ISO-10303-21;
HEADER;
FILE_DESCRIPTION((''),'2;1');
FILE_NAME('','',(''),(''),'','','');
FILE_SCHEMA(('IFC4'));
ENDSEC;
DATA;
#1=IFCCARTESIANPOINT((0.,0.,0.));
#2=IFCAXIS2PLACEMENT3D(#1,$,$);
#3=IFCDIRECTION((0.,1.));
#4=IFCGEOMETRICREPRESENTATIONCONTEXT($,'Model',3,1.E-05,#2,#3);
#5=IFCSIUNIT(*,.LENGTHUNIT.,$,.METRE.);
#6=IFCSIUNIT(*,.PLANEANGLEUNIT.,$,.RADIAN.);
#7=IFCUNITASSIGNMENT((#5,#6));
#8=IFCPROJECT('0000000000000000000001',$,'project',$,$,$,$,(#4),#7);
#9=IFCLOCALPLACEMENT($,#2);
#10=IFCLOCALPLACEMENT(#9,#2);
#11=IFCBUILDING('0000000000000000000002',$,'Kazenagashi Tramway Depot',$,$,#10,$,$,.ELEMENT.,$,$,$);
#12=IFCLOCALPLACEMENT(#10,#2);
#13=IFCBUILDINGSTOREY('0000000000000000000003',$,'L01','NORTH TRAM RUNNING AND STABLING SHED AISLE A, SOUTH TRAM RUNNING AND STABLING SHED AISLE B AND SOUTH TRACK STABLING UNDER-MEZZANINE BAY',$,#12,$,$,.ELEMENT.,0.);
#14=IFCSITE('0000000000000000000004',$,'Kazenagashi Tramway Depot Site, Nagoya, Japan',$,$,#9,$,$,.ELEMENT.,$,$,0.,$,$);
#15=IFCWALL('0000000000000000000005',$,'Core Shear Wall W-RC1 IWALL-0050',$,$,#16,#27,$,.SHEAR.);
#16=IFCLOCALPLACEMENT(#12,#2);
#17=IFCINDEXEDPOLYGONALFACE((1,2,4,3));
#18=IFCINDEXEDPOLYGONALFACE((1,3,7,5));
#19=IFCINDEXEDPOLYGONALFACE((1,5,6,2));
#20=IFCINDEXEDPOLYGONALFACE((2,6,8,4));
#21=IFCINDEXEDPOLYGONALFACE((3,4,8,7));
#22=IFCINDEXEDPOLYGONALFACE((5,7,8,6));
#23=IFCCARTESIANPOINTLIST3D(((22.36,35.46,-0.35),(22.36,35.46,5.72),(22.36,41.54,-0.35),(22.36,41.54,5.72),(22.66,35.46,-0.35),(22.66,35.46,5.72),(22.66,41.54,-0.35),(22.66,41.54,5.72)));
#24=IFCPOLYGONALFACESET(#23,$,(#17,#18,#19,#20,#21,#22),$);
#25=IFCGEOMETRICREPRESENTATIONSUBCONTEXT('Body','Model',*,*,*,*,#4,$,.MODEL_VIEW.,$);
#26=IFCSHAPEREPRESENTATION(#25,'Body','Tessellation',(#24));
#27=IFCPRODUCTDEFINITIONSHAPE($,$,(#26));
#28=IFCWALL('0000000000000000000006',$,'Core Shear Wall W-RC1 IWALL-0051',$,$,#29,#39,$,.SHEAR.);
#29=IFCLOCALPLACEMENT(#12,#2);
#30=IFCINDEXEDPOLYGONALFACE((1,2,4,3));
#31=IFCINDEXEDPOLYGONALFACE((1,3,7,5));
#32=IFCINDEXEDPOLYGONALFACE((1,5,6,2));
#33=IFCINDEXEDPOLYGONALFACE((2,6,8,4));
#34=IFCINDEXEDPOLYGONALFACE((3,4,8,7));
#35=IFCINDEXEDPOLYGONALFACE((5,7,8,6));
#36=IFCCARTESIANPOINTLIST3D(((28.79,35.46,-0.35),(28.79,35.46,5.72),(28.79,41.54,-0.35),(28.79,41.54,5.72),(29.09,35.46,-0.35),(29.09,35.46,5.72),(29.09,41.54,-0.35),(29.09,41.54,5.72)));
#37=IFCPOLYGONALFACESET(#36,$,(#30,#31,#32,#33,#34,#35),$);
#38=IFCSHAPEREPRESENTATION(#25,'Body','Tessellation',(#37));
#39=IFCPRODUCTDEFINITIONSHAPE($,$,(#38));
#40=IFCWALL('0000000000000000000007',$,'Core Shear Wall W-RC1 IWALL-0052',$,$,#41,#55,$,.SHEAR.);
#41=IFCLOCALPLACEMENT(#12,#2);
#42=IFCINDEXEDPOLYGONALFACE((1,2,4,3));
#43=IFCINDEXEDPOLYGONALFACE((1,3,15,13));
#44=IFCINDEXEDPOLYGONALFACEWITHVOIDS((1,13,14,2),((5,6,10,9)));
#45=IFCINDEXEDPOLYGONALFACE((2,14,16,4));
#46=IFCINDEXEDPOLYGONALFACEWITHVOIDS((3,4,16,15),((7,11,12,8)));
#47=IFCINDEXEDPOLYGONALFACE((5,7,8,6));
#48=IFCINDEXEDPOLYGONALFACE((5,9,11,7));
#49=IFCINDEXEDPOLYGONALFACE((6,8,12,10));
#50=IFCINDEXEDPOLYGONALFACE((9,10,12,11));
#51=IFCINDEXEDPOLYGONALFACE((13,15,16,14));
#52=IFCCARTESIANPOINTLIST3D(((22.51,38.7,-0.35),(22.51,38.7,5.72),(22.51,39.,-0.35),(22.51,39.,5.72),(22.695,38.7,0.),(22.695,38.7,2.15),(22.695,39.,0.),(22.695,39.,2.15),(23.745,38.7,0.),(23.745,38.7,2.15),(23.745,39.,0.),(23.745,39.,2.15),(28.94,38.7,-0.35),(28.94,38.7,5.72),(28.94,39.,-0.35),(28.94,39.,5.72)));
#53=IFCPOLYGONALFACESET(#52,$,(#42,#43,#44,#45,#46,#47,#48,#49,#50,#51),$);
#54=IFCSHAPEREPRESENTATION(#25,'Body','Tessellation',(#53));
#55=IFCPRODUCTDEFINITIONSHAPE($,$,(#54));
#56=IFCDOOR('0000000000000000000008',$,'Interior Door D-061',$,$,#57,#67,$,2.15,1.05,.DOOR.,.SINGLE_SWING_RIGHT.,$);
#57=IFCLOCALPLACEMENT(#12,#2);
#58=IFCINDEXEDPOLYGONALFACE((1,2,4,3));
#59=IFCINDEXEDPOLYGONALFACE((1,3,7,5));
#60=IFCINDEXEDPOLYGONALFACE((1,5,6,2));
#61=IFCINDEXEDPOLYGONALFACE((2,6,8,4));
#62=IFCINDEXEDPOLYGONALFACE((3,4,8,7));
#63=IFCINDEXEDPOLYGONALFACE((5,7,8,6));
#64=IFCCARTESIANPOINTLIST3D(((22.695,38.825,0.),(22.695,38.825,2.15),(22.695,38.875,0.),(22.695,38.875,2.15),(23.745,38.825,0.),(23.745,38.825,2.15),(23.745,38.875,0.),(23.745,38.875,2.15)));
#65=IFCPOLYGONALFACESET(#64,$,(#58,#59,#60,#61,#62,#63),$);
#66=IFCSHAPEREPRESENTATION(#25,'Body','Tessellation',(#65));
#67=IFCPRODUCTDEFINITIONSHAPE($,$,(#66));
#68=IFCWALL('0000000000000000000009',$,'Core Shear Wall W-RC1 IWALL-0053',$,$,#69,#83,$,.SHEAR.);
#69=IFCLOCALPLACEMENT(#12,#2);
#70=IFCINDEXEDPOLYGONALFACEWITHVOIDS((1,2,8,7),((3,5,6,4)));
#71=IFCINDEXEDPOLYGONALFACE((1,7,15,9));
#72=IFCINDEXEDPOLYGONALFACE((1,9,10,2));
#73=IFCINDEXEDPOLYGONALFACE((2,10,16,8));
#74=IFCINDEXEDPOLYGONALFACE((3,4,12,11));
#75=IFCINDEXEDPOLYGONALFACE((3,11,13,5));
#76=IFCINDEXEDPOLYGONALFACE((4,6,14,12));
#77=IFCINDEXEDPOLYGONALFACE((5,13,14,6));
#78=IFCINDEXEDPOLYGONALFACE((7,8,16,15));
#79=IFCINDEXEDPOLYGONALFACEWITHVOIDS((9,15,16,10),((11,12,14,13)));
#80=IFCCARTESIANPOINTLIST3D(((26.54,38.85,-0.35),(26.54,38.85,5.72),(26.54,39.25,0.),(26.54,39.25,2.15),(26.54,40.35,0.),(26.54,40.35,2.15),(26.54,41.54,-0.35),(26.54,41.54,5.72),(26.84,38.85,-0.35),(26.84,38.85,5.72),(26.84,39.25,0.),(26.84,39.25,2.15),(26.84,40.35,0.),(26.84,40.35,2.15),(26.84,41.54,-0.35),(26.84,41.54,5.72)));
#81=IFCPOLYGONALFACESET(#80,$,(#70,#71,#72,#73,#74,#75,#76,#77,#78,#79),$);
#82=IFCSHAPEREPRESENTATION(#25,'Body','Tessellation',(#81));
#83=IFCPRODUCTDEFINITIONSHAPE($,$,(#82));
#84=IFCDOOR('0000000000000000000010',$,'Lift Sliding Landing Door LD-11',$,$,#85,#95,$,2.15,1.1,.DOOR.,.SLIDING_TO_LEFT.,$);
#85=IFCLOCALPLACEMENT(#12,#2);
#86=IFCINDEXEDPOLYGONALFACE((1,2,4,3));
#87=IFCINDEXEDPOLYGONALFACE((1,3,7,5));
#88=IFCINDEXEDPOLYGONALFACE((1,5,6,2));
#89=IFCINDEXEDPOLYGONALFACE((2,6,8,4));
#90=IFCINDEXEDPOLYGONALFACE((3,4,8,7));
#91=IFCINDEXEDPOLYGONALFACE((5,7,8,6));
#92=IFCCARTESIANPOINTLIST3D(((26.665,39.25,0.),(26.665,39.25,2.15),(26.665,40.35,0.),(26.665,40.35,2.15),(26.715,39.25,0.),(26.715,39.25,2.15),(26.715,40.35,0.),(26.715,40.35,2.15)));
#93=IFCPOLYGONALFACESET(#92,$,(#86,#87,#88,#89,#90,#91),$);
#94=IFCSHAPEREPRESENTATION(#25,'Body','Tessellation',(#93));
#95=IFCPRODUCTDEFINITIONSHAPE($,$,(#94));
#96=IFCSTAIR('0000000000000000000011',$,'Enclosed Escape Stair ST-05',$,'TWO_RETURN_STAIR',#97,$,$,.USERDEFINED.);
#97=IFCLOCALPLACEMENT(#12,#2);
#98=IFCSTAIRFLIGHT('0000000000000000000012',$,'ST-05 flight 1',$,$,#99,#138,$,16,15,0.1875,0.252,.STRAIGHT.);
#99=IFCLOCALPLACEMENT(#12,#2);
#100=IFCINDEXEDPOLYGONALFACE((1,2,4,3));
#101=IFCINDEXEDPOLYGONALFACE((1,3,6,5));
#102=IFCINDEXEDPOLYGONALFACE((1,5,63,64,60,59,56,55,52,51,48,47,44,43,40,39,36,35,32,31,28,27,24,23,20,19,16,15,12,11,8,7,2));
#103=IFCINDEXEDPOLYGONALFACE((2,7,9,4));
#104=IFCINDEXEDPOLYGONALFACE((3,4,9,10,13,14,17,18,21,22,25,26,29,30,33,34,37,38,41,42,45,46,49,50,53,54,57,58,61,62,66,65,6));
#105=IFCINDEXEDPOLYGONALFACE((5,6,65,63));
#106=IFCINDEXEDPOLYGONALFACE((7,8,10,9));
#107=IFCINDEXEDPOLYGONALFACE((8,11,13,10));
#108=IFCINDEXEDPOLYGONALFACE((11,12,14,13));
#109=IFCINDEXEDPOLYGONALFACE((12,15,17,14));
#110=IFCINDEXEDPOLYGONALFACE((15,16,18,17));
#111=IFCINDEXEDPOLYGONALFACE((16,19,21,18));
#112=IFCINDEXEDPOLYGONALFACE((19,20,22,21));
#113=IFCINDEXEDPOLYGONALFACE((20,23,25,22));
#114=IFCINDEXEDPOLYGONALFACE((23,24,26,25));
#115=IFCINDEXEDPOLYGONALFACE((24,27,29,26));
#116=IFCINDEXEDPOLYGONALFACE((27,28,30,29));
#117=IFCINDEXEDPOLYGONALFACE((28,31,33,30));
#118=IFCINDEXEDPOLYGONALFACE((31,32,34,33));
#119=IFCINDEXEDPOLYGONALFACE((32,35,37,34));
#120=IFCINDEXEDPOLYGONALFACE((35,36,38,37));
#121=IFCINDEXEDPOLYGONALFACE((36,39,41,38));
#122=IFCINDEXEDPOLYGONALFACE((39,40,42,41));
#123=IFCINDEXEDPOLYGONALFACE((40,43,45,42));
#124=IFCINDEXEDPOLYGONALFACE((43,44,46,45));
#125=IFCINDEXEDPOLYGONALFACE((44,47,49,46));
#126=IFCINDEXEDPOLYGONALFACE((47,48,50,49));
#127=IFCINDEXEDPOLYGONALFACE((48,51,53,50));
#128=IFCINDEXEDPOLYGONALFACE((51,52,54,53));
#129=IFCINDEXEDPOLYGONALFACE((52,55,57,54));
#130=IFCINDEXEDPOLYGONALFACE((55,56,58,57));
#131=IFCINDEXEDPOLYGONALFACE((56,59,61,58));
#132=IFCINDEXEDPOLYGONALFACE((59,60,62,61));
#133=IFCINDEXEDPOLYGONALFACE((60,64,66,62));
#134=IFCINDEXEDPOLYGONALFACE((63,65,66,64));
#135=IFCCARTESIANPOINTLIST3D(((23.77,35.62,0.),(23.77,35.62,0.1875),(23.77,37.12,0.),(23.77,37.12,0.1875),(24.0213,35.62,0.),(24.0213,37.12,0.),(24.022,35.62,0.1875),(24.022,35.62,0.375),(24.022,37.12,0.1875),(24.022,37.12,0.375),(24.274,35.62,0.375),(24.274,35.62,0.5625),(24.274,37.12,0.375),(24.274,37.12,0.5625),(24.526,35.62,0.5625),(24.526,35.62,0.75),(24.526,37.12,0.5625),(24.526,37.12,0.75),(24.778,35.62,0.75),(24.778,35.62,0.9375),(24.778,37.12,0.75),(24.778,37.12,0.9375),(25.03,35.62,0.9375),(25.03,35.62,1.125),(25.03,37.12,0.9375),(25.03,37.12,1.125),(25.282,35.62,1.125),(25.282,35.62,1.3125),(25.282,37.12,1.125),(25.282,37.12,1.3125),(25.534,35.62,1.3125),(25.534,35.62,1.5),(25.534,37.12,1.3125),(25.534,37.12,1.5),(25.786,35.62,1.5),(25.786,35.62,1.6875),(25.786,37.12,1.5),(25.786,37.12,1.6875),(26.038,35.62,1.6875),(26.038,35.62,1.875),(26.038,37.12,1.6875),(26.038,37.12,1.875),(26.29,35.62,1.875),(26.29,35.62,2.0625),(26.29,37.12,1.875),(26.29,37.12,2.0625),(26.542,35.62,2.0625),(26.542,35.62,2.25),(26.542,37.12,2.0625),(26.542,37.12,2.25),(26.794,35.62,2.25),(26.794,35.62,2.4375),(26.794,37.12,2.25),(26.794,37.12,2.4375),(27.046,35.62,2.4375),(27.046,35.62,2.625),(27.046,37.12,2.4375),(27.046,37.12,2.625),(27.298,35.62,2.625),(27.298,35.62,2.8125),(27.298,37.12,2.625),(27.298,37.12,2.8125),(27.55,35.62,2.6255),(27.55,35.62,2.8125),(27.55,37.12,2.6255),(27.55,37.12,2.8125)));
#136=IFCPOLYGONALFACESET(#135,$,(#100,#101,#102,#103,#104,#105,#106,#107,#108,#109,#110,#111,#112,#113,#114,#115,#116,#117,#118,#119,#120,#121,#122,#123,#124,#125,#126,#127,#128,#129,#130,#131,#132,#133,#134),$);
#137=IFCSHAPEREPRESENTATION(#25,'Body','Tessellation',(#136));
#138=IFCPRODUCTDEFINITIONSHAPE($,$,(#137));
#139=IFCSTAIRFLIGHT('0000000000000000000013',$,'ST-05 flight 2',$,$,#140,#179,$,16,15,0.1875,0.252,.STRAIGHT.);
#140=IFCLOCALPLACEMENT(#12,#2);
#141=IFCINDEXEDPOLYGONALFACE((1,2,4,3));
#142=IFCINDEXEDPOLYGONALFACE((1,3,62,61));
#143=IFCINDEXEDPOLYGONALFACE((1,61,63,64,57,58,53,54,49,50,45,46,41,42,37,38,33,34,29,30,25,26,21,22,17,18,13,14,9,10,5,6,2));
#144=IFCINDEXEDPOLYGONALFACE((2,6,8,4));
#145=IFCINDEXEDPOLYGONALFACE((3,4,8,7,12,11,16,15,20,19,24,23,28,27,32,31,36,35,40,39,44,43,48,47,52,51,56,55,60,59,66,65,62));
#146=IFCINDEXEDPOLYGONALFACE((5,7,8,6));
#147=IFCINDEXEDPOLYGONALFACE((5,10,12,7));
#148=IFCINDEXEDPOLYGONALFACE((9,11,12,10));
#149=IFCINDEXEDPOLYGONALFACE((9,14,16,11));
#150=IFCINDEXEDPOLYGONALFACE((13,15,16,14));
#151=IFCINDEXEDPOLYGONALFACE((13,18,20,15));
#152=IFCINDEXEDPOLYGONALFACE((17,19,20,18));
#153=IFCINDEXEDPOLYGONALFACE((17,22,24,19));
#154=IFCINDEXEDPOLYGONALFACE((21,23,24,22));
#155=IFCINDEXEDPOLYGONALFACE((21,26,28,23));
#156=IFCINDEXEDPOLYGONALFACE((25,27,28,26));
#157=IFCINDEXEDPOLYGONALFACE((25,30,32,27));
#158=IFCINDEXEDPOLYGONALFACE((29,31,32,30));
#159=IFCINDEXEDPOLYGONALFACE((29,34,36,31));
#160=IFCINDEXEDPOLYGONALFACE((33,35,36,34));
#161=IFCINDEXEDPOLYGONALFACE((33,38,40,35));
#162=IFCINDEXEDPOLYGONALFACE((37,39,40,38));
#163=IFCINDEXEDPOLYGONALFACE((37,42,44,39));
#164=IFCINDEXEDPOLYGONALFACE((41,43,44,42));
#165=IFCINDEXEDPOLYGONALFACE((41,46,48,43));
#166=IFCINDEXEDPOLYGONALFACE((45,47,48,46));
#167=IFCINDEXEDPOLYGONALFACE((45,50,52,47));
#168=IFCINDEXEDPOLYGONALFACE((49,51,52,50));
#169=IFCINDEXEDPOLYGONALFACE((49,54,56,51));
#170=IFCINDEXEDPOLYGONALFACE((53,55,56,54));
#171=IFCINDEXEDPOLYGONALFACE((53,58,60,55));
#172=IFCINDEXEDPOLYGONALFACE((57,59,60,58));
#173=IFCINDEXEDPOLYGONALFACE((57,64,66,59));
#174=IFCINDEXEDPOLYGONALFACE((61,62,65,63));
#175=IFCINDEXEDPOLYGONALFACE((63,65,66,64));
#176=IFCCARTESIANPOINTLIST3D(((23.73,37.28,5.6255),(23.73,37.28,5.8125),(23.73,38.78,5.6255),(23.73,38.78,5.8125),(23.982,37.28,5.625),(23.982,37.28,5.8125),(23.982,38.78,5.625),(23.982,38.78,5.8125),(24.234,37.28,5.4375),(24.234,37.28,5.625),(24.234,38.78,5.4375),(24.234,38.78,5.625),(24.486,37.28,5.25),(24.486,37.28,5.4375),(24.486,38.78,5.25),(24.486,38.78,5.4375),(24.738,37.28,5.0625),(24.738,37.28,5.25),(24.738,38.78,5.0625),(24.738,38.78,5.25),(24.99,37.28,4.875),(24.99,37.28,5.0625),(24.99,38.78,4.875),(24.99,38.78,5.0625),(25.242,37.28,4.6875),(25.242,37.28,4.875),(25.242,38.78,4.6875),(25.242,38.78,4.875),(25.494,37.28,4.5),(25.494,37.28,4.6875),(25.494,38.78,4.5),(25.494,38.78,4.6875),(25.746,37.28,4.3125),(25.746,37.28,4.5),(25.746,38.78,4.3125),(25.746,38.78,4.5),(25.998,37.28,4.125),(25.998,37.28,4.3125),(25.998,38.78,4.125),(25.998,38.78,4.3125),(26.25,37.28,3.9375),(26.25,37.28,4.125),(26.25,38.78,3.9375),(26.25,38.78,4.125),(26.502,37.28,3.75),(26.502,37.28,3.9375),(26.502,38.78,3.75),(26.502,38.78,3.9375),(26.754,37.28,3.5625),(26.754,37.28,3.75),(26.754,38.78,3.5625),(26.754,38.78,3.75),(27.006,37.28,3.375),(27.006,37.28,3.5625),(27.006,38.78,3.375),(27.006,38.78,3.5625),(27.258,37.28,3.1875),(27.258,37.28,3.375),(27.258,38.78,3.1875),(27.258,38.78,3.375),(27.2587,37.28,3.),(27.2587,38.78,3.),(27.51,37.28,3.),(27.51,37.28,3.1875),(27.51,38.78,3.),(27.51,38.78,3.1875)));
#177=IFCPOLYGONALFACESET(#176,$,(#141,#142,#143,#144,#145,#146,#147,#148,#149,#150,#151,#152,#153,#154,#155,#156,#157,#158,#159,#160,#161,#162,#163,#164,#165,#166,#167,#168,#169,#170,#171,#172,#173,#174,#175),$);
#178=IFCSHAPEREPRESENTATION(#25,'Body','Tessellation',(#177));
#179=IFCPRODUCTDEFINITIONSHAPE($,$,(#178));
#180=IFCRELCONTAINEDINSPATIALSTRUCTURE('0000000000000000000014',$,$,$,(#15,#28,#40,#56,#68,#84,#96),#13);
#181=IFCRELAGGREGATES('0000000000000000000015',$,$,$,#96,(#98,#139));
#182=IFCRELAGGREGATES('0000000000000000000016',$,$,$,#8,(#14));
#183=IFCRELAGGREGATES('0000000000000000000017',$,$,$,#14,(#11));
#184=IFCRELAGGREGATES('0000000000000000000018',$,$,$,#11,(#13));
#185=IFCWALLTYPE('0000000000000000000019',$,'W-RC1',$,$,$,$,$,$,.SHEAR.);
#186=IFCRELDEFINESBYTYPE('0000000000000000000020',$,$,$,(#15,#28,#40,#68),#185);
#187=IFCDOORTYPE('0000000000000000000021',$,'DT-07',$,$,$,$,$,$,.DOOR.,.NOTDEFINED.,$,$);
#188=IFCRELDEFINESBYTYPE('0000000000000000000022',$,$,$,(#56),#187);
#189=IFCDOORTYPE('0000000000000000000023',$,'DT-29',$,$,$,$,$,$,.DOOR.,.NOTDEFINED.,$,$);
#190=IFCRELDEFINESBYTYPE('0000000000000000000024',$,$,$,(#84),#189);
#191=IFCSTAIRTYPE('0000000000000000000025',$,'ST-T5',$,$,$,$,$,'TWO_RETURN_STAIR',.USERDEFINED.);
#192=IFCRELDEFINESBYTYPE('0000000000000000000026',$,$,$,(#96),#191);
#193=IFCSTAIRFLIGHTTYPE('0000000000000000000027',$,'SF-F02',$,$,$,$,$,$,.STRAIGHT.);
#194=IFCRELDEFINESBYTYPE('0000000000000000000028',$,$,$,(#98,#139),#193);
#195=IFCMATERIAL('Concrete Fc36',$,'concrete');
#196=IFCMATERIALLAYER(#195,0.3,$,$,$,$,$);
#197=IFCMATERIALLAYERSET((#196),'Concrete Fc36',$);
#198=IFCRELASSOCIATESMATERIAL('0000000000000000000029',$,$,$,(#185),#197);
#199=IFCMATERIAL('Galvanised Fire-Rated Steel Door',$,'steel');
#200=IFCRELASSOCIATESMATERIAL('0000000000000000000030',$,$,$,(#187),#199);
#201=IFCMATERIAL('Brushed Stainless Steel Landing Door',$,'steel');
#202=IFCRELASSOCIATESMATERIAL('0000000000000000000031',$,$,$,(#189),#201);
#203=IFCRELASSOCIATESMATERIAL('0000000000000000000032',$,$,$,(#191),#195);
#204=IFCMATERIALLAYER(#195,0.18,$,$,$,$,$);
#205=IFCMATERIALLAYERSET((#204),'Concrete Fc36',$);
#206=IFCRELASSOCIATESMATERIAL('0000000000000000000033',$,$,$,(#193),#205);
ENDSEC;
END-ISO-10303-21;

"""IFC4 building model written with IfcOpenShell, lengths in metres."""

from ifc_helpers import new_model, si_unit, direction, frame, frame_2d, origin, place, context, subcontext, project, spatial, polyline, rectangle, outline, extrude, material, layer, layer_set, type_object, element, fill, aggregate, save


model = new_model("IFC4")

# Units and contexts
model_context = context("Model", 3, precision=1e-05, world=origin(), true_north=direction((0.0, 1.0)))
body_context = subcontext(model_context, "Body", "Model", "MODEL_VIEW")
ifc_project = project(units=[si_unit("LENGTHUNIT", "METRE"), si_unit("PLANEANGLEUNIT", "RADIAN")], contexts=[model_context])

# Site, building, storey
site_placement = place(None, origin())
site = spatial("IfcSite", under=ifc_project, at=site_placement, Name="Kazenagashi Tramway Depot Site, Nagoya, Japan", CompositionType="ELEMENT", RefElevation=0.0)
building_placement = place(site_placement, origin())
building = spatial("IfcBuilding", under=site, at=building_placement, Name="Kazenagashi Tramway Depot", CompositionType="ELEMENT")
storey_placement = place(building_placement, origin())
storey = spatial("IfcBuildingStorey", under=building, at=storey_placement, Name="L01", Description="NORTH TRAM RUNNING AND STABLING SHED AISLE A, SOUTH TRAM RUNNING AND STABLING SHED AISLE B AND SOUTH TRACK STABLING UNDER-MEZZANINE BAY", CompositionType="ELEMENT", Elevation=0.0)

# Walls
ifc_material_1 = material(Name="Concrete Fc36", Category="concrete")
ifc_layer_1 = layer(ifc_material_1, 0.3)
ifc_layer_set_1 = layer_set([ifc_layer_1], Name="Concrete Fc36")
wall_type = type_object("IfcWallType", Name="W-RC1", PredefinedType="SHEAR", material=ifc_layer_set_1)
for number, where, z_axis, x_axis, name in (
    (1, (22.51, 35.46, -0.35), (0.0, 0.0, 1.0), (0.0, 1.0, 0.0), "Core Shear Wall W-RC1 IWALL-0050"),
    (2, (28.94, 35.46, -0.35), (0.0, 0.0, 1.0), (0.0, 1.0, 0.0), "Core Shear Wall W-RC1 IWALL-0051"),
):
    element("IfcWall", number, at=place(storey_placement, frame(where, z_axis=z_axis, x_axis=x_axis)), inside=storey, type_object=wall_type, Name=name, PredefinedType="SHEAR", context=body_context, shape_type="SweptSolid", body=[
        extrude(rectangle(XDim=6.08, YDim=0.3, at=frame_2d((3.04, 0.0))), origin(), (0.0, 0.0, 1.0), 6.07),
    ])

# Walls, openings, doors
wall_1_placement = place(storey_placement, frame((22.51, 38.85, -0.35), z_axis=(0.0, 0.0, 1.0), x_axis=(1.0, 0.0, 0.0)))
wall_1 = element("IfcWall", 3, at=wall_1_placement, inside=storey, type_object=wall_type, Name="Core Shear Wall W-RC1 IWALL-0052", PredefinedType="SHEAR", context=body_context, shape_type="SweptSolid", body=[
    extrude(rectangle(XDim=6.43, YDim=0.3, at=frame_2d((3.215, 0.0))), origin(), (0.0, 0.0, 1.0), 6.07),
])
opening_1_placement = place(wall_1_placement, frame((0.185, 0.0, 0.35)))
opening_1 = element("IfcOpeningElement", 4, at=opening_1_placement, cuts=wall_1, PredefinedType="OPENING", context=body_context, shape_type="SweptSolid", body=[
    extrude(rectangle(XDim=1.05, YDim=2.15, at=frame_2d((0.525, 1.075))), frame((0.0, 0.16, 0.0), z_axis=(0.0, -1.0, 0.0), x_axis=(1.0, 0.0, 0.0)), (0.0, 0.0, 1.0), 0.32),
])
ifc_material_2 = material(Name="Galvanised Fire-Rated Steel Door", Category="steel")
door_type_1 = type_object("IfcDoorType", Name="DT-07", OperationType="NOTDEFINED", PredefinedType="DOOR", material=ifc_material_2)
door_1_placement = place(opening_1_placement, origin())
door_1 = element("IfcDoor", 5, at=door_1_placement, inside=storey, type_object=door_type_1, Name="Interior Door D-061", OperationType="SINGLE_SWING_RIGHT", OverallHeight=2.15, OverallWidth=1.05, PredefinedType="DOOR", context=body_context, shape_type="SweptSolid", body=[
    extrude(rectangle(XDim=1.05, YDim=2.15, at=frame_2d((0.525, 1.075))), frame((0.0, 0.025, 0.0), z_axis=(0.0, -1.0, 0.0), x_axis=(1.0, 0.0, 0.0)), (0.0, 0.0, 1.0), 0.05),
])
fill(opening_1, door_1)
wall_2_placement = place(storey_placement, frame((26.69, 38.85, -0.35), z_axis=(0.0, 0.0, 1.0), x_axis=(0.0, 1.0, 0.0)))
wall_2 = element("IfcWall", 6, at=wall_2_placement, inside=storey, type_object=wall_type, Name="Core Shear Wall W-RC1 IWALL-0053", PredefinedType="SHEAR", context=body_context, shape_type="SweptSolid", body=[
    extrude(rectangle(XDim=2.69, YDim=0.3, at=frame_2d((1.345, 0.0))), origin(), (0.0, 0.0, 1.0), 6.07),
])
opening_2_placement = place(wall_2_placement, frame((0.4, 0.0, 0.35)))
opening_2 = element("IfcOpeningElement", 7, at=opening_2_placement, cuts=wall_2, PredefinedType="OPENING", context=body_context, shape_type="SweptSolid", body=[
    extrude(rectangle(XDim=1.1, YDim=2.15, at=frame_2d((0.55, 1.075))), frame((0.0, 0.16, 0.0), z_axis=(0.0, -1.0, 0.0), x_axis=(1.0, 0.0, 0.0)), (0.0, 0.0, 1.0), 0.32),
])
ifc_material_3 = material(Name="Brushed Stainless Steel Landing Door", Category="steel")
door_type_2 = type_object("IfcDoorType", Name="DT-29", OperationType="NOTDEFINED", PredefinedType="DOOR", material=ifc_material_3)
door_2_placement = place(opening_2_placement, origin())
door_2 = element("IfcDoor", 8, at=door_2_placement, inside=storey, type_object=door_type_2, Name="Lift Sliding Landing Door LD-11", OperationType="SLIDING_TO_LEFT", OverallHeight=2.15, OverallWidth=1.1, PredefinedType="DOOR", context=body_context, shape_type="SweptSolid", body=[
    extrude(rectangle(XDim=1.1, YDim=2.15, at=frame_2d((0.55, 1.075))), frame((0.0, 0.025, 0.0), z_axis=(0.0, -1.0, 0.0), x_axis=(1.0, 0.0, 0.0)), (0.0, 0.0, 1.0), 0.05),
])
fill(opening_2, door_2)

# Stair, stair flights
stair_type = type_object("IfcStairType", Name="ST-T5", ElementType="TWO_RETURN_STAIR", PredefinedType="USERDEFINED", material=ifc_material_1)
stair_placement = place(storey_placement, origin())
stair = element("IfcStair", 9, at=stair_placement, inside=storey, type_object=stair_type, Name="Enclosed Escape Stair ST-05", ObjectType="TWO_RETURN_STAIR", PredefinedType="USERDEFINED")
ifc_layer_2 = layer(ifc_material_1, 0.18)
ifc_layer_set_2 = layer_set([ifc_layer_2], Name="Concrete Fc36")
stair_flight_type = type_object("IfcStairFlightType", Name="SF-F02", PredefinedType="STRAIGHT", material=ifc_layer_set_2)
stair_flight_1_placement = place(storey_placement, frame((23.77, 36.37, 0.0), z_axis=(0.0, 0.0, 1.0), x_axis=(1.0, 0.0, 0.0)))
stair_flight_1 = element("IfcStairFlight", 10, at=stair_flight_1_placement, type_object=stair_flight_type, Name="ST-05 flight 1", NumberOfRisers=16, NumberOfTreads=15, PredefinedType="STRAIGHT", RiserHeight=0.1875, TreadLength=0.252, context=body_context, shape_type="SweptSolid", body=[
    extrude(outline(polyline([(0.0, 0.0), (0.0, 0.1875), (0.252, 0.1875), (0.252, 0.375), (0.504, 0.375), (0.504, 0.5625), (0.756, 0.5625), (0.756, 0.75), (1.008, 0.75), (1.008, 0.9375), (1.26, 0.9375), (1.26, 1.125), (1.512, 1.125), (1.512, 1.3125), (1.764, 1.3125), (1.764, 1.5), (2.016, 1.5), (2.016, 1.6875), (2.268, 1.6875), (2.268, 1.875), (2.52, 1.875), (2.52, 2.0625), (2.772, 2.0625), (2.772, 2.25), (3.024, 2.25), (3.024, 2.4375), (3.276, 2.4375), (3.276, 2.625), (3.528, 2.625), (3.528, 2.8125), (3.78, 2.8125), (3.78, 3.0), (3.78, 2.6255), (0.2513, 0.0), (0.0, 0.0)])), frame((0.0, 0.75, 0.0), z_axis=(0.0, -1.0, 0.0), x_axis=(1.0, 0.0, 0.0)), (0.0, 0.0, 1.0), 1.5),
])
stair_flight_2_placement = place(storey_placement, frame((27.51, 38.03, 3.0), z_axis=(0.0, 0.0, 1.0), x_axis=(-1.0, 0.0, 0.0)))
stair_flight_2 = element("IfcStairFlight", 11, at=stair_flight_2_placement, type_object=stair_flight_type, Name="ST-05 flight 2", NumberOfRisers=16, NumberOfTreads=15, PredefinedType="STRAIGHT", RiserHeight=0.1875, TreadLength=0.252, context=body_context, shape_type="SweptSolid", body=[
    extrude(outline(polyline([(0.0, 0.0), (0.0, 0.1875), (0.252, 0.1875), (0.252, 0.375), (0.504, 0.375), (0.504, 0.5625), (0.756, 0.5625), (0.756, 0.75), (1.008, 0.75), (1.008, 0.9375), (1.26, 0.9375), (1.26, 1.125), (1.512, 1.125), (1.512, 1.3125), (1.764, 1.3125), (1.764, 1.5), (2.016, 1.5), (2.016, 1.6875), (2.268, 1.6875), (2.268, 1.875), (2.52, 1.875), (2.52, 2.0625), (2.772, 2.0625), (2.772, 2.25), (3.024, 2.25), (3.024, 2.4375), (3.276, 2.4375), (3.276, 2.625), (3.528, 2.625), (3.528, 2.8125), (3.78, 2.8125), (3.78, 3.0), (3.78, 2.6255), (0.2513, 0.0), (0.0, 0.0)])), frame((0.0, 0.75, 0.0), z_axis=(0.0, -1.0, 0.0), x_axis=(1.0, 0.0, 0.0)), (0.0, 0.0, 1.0), 1.5),
])
aggregate(stair, [stair_flight_1, stair_flight_2])

save(model, "model.ifc")
